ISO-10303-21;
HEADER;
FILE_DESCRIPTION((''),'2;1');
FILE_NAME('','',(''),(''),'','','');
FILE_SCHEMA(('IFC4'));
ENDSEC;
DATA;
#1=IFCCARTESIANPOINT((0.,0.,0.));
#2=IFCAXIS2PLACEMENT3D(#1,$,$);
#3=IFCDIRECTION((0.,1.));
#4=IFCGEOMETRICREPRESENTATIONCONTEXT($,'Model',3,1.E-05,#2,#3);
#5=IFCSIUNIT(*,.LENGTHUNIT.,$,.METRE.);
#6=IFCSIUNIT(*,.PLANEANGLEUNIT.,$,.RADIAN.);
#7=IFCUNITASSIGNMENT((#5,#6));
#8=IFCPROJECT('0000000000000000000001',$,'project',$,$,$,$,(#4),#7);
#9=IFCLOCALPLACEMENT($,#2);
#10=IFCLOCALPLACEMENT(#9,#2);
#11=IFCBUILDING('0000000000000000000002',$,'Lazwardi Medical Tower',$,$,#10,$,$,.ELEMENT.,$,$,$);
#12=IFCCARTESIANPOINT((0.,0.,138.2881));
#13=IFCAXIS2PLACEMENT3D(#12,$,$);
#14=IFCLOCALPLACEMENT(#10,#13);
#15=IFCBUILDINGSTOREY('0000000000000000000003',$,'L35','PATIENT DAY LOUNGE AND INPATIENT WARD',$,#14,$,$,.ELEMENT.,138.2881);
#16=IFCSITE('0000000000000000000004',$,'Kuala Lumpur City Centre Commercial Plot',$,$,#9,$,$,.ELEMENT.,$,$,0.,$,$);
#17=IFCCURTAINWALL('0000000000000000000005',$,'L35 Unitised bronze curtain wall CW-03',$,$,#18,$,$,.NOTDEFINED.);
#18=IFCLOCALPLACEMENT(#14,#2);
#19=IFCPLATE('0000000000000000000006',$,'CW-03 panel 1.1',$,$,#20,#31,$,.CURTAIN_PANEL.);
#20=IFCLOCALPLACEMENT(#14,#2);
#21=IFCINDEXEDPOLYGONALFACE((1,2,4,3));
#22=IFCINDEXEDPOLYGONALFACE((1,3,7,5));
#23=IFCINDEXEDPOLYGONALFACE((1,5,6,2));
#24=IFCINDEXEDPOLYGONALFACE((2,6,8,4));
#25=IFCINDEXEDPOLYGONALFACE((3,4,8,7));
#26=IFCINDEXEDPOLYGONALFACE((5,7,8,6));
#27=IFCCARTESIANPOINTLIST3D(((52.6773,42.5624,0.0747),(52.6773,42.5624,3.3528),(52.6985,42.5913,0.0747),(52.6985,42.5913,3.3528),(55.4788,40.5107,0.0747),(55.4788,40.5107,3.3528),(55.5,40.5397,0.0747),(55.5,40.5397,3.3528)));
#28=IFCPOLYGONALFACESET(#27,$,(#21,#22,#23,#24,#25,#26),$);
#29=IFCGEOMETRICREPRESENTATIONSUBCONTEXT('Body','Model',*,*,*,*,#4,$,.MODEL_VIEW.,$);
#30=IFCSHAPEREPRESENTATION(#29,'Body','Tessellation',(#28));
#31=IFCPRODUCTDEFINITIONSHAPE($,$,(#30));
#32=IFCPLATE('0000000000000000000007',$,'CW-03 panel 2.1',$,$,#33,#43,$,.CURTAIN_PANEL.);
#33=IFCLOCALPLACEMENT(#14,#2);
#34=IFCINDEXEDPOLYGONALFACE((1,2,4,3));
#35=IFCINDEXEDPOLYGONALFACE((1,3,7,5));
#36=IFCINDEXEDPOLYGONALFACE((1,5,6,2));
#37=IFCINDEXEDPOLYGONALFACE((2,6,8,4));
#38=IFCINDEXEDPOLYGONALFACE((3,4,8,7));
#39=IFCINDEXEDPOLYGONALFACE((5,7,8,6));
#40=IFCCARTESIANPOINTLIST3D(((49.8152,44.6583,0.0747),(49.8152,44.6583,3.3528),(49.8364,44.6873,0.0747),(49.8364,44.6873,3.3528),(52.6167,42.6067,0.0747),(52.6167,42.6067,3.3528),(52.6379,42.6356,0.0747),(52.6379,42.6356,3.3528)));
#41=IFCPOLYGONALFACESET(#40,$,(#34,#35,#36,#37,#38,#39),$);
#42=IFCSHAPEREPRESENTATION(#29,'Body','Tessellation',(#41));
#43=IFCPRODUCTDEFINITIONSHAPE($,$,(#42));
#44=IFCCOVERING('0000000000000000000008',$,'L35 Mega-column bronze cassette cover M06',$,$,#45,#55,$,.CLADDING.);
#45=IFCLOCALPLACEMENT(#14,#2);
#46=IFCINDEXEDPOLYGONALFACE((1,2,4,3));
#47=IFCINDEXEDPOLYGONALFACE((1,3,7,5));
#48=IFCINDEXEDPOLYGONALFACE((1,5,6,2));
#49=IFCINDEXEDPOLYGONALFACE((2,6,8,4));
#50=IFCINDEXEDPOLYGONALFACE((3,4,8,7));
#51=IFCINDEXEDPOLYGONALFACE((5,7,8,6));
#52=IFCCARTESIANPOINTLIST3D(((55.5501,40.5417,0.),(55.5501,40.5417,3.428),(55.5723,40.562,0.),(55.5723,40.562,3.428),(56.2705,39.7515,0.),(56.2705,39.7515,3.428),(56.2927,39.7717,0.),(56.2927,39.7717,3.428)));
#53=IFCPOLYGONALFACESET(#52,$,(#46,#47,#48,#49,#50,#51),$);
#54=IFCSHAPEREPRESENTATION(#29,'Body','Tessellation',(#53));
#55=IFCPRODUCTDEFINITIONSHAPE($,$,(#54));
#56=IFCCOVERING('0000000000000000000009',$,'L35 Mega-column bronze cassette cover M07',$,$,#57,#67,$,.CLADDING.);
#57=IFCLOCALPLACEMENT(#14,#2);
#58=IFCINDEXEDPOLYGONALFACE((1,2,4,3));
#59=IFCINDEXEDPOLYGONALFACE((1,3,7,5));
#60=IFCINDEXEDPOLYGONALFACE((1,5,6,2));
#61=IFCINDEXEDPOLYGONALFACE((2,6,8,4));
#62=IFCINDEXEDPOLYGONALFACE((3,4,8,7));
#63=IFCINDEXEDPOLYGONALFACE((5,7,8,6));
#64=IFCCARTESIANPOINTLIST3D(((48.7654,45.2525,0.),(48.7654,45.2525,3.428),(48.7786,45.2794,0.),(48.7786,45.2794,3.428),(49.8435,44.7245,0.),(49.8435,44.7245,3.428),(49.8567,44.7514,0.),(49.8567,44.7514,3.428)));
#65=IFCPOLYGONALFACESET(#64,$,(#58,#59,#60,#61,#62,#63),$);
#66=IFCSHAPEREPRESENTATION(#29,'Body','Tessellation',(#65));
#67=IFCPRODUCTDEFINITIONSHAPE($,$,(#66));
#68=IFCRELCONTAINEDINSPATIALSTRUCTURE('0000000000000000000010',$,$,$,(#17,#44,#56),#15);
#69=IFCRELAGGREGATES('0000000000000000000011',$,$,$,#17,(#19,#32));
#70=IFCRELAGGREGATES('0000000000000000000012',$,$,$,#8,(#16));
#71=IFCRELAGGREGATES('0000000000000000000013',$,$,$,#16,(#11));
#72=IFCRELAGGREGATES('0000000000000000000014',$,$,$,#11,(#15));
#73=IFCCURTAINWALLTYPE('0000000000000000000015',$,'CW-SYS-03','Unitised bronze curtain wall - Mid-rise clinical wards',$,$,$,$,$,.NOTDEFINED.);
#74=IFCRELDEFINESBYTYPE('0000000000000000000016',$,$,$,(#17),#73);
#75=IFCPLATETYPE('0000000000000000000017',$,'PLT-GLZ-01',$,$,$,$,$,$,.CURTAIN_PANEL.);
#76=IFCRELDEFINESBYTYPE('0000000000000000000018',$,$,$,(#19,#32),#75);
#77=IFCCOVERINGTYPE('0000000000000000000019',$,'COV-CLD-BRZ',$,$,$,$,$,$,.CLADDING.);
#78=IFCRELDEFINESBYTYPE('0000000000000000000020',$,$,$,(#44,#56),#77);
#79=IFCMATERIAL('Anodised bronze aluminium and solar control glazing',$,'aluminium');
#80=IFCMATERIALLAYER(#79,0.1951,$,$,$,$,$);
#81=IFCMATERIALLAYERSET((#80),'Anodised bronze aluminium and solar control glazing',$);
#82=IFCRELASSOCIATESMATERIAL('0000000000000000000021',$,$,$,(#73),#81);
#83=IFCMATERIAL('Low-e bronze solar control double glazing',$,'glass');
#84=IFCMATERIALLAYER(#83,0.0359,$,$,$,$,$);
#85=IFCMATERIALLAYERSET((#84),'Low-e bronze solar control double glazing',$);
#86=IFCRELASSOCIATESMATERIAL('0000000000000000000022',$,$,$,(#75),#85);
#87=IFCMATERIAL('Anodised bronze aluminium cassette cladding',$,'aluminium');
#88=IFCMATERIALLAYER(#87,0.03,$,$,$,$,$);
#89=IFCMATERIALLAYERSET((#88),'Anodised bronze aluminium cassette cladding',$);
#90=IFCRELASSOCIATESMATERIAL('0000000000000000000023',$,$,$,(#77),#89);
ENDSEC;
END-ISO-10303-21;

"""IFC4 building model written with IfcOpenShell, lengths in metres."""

from ifc_helpers import new_model, si_unit, direction, frame, origin, origin_2d, place, context, subcontext, project, spatial, rectangle, extrude, material, layer, layer_set, type_object, element, aggregate, save


model = new_model("IFC4")

# Units and contexts
model_context = context("Model", 3, precision=1e-05, world=origin(), true_north=direction((0.0, 1.0)))
body_context = subcontext(model_context, "Body", "Model", "MODEL_VIEW")
ifc_project = project(units=[si_unit("LENGTHUNIT", "METRE"), si_unit("PLANEANGLEUNIT", "RADIAN")], contexts=[model_context])

# Site, building, storey
site_placement = place(None, origin())
site = spatial("IfcSite", under=ifc_project, at=site_placement, Name="Kuala Lumpur City Centre Commercial Plot", CompositionType="ELEMENT", RefElevation=0.0)
building_placement = place(site_placement, origin())
building = spatial("IfcBuilding", under=site, at=building_placement, Name="Lazwardi Medical Tower", CompositionType="ELEMENT")
storey_placement = place(building_placement, frame((0.0, 0.0, 138.2881)))
storey = spatial("IfcBuildingStorey", under=building, at=storey_placement, Name="L35", Description="PATIENT DAY LOUNGE AND INPATIENT WARD", CompositionType="ELEMENT", Elevation=138.2881)

# Shared definitions
ifc_material_1 = material(Name="Anodised bronze aluminium and solar control glazing", Category="aluminium")
ifc_layer_1 = layer(ifc_material_1, 0.1951)
ifc_layer_set_1 = layer_set([ifc_layer_1], Name="Anodised bronze aluminium and solar control glazing")
curtain_wall_type = type_object("IfcCurtainWallType", Name="CW-SYS-03", Description="Unitised bronze curtain wall - Mid-rise clinical wards", PredefinedType="NOTDEFINED", material=ifc_layer_set_1)

# Curtain wall
curtain_wall_1_placement = place(storey_placement, origin())
curtain_wall_1 = element("IfcCurtainWall", 1, at=curtain_wall_1_placement, inside=storey, type_object=curtain_wall_type, Name="L35 Unitised bronze curtain wall CW-03", PredefinedType="NOTDEFINED")

# Plates
ifc_material_2 = material(Name="Low-e bronze solar control double glazing", Category="glass")
ifc_layer_2 = layer(ifc_material_2, 0.0359)
ifc_layer_set_2 = layer_set([ifc_layer_2], Name="Low-e bronze solar control double glazing")
plate_type = type_object("IfcPlateType", Name="PLT-GLZ-01", PredefinedType="CURTAIN_PANEL", material=ifc_layer_set_2)
plate_1_placement = place(storey_placement, frame((54.0886, 41.551, 0.0747), z_axis=(0.0, 0.0, 1.0), x_axis=(-0.806793, 0.590834, 0.0)))
plate_1 = element("IfcPlate", 2, at=plate_1_placement, type_object=plate_type, Name="CW-03 panel 1.1", PredefinedType="CURTAIN_PANEL", context=body_context, shape_type="SweptSolid", body=[
    extrude(rectangle(XDim=3.4724, YDim=0.0359, at=origin_2d()), origin(), (0.0, 0.0, 1.0), 3.2781),
])
plate_2_placement = place(storey_placement, frame((51.2266, 43.647, 0.0747), z_axis=(0.0, 0.0, 1.0), x_axis=(-0.806793, 0.590834, 0.0)))
plate_2 = element("IfcPlate", 3, at=plate_2_placement, type_object=plate_type, Name="CW-03 panel 2.1", PredefinedType="CURTAIN_PANEL", context=body_context, shape_type="SweptSolid", body=[
    extrude(rectangle(XDim=3.4724, YDim=0.0359, at=origin_2d()), origin(), (0.0, 0.0, 1.0), 3.2781),
])
aggregate(curtain_wall_1, [plate_1, plate_2])

# Coverings
ifc_material_3 = material(Name="Anodised bronze aluminium cassette cladding", Category="aluminium")
ifc_layer_3 = layer(ifc_material_3, 0.03)
ifc_layer_set_3 = layer_set([ifc_layer_3], Name="Anodised bronze aluminium cassette cladding")
covering_type = type_object("IfcCoveringType", Name="COV-CLD-BRZ", PredefinedType="CLADDING", material=ifc_layer_set_3)
covering_1_placement = place(storey_placement, frame((55.9214, 40.1567, 0.0), z_axis=(0.0, 0.0, 1.0), x_axis=(-0.673714, 0.738992, 0.0)))
element("IfcCovering", 4, at=covering_1_placement, inside=storey, type_object=covering_type, Name="L35 Mega-column bronze cassette cover M06", PredefinedType="CLADDING", context=body_context, shape_type="SweptSolid", body=[
    extrude(rectangle(XDim=1.0693, YDim=0.03, at=origin_2d()), origin(), (0.0, 0.0, 1.0), 3.428),
])
covering_2_placement = place(storey_placement, frame((49.311, 45.002, 0.0), z_axis=(0.0, 0.0, 1.0), x_axis=(-0.898079, 0.439834, 0.0)))
element("IfcCovering", 5, at=covering_2_placement, inside=storey, type_object=covering_type, Name="L35 Mega-column bronze cassette cover M07", PredefinedType="CLADDING", context=body_context, shape_type="SweptSolid", body=[
    extrude(rectangle(XDim=1.2004, YDim=0.03, at=origin_2d()), origin(), (0.0, 0.0, 1.0), 3.428),
])

save(model, "model.ifc")
